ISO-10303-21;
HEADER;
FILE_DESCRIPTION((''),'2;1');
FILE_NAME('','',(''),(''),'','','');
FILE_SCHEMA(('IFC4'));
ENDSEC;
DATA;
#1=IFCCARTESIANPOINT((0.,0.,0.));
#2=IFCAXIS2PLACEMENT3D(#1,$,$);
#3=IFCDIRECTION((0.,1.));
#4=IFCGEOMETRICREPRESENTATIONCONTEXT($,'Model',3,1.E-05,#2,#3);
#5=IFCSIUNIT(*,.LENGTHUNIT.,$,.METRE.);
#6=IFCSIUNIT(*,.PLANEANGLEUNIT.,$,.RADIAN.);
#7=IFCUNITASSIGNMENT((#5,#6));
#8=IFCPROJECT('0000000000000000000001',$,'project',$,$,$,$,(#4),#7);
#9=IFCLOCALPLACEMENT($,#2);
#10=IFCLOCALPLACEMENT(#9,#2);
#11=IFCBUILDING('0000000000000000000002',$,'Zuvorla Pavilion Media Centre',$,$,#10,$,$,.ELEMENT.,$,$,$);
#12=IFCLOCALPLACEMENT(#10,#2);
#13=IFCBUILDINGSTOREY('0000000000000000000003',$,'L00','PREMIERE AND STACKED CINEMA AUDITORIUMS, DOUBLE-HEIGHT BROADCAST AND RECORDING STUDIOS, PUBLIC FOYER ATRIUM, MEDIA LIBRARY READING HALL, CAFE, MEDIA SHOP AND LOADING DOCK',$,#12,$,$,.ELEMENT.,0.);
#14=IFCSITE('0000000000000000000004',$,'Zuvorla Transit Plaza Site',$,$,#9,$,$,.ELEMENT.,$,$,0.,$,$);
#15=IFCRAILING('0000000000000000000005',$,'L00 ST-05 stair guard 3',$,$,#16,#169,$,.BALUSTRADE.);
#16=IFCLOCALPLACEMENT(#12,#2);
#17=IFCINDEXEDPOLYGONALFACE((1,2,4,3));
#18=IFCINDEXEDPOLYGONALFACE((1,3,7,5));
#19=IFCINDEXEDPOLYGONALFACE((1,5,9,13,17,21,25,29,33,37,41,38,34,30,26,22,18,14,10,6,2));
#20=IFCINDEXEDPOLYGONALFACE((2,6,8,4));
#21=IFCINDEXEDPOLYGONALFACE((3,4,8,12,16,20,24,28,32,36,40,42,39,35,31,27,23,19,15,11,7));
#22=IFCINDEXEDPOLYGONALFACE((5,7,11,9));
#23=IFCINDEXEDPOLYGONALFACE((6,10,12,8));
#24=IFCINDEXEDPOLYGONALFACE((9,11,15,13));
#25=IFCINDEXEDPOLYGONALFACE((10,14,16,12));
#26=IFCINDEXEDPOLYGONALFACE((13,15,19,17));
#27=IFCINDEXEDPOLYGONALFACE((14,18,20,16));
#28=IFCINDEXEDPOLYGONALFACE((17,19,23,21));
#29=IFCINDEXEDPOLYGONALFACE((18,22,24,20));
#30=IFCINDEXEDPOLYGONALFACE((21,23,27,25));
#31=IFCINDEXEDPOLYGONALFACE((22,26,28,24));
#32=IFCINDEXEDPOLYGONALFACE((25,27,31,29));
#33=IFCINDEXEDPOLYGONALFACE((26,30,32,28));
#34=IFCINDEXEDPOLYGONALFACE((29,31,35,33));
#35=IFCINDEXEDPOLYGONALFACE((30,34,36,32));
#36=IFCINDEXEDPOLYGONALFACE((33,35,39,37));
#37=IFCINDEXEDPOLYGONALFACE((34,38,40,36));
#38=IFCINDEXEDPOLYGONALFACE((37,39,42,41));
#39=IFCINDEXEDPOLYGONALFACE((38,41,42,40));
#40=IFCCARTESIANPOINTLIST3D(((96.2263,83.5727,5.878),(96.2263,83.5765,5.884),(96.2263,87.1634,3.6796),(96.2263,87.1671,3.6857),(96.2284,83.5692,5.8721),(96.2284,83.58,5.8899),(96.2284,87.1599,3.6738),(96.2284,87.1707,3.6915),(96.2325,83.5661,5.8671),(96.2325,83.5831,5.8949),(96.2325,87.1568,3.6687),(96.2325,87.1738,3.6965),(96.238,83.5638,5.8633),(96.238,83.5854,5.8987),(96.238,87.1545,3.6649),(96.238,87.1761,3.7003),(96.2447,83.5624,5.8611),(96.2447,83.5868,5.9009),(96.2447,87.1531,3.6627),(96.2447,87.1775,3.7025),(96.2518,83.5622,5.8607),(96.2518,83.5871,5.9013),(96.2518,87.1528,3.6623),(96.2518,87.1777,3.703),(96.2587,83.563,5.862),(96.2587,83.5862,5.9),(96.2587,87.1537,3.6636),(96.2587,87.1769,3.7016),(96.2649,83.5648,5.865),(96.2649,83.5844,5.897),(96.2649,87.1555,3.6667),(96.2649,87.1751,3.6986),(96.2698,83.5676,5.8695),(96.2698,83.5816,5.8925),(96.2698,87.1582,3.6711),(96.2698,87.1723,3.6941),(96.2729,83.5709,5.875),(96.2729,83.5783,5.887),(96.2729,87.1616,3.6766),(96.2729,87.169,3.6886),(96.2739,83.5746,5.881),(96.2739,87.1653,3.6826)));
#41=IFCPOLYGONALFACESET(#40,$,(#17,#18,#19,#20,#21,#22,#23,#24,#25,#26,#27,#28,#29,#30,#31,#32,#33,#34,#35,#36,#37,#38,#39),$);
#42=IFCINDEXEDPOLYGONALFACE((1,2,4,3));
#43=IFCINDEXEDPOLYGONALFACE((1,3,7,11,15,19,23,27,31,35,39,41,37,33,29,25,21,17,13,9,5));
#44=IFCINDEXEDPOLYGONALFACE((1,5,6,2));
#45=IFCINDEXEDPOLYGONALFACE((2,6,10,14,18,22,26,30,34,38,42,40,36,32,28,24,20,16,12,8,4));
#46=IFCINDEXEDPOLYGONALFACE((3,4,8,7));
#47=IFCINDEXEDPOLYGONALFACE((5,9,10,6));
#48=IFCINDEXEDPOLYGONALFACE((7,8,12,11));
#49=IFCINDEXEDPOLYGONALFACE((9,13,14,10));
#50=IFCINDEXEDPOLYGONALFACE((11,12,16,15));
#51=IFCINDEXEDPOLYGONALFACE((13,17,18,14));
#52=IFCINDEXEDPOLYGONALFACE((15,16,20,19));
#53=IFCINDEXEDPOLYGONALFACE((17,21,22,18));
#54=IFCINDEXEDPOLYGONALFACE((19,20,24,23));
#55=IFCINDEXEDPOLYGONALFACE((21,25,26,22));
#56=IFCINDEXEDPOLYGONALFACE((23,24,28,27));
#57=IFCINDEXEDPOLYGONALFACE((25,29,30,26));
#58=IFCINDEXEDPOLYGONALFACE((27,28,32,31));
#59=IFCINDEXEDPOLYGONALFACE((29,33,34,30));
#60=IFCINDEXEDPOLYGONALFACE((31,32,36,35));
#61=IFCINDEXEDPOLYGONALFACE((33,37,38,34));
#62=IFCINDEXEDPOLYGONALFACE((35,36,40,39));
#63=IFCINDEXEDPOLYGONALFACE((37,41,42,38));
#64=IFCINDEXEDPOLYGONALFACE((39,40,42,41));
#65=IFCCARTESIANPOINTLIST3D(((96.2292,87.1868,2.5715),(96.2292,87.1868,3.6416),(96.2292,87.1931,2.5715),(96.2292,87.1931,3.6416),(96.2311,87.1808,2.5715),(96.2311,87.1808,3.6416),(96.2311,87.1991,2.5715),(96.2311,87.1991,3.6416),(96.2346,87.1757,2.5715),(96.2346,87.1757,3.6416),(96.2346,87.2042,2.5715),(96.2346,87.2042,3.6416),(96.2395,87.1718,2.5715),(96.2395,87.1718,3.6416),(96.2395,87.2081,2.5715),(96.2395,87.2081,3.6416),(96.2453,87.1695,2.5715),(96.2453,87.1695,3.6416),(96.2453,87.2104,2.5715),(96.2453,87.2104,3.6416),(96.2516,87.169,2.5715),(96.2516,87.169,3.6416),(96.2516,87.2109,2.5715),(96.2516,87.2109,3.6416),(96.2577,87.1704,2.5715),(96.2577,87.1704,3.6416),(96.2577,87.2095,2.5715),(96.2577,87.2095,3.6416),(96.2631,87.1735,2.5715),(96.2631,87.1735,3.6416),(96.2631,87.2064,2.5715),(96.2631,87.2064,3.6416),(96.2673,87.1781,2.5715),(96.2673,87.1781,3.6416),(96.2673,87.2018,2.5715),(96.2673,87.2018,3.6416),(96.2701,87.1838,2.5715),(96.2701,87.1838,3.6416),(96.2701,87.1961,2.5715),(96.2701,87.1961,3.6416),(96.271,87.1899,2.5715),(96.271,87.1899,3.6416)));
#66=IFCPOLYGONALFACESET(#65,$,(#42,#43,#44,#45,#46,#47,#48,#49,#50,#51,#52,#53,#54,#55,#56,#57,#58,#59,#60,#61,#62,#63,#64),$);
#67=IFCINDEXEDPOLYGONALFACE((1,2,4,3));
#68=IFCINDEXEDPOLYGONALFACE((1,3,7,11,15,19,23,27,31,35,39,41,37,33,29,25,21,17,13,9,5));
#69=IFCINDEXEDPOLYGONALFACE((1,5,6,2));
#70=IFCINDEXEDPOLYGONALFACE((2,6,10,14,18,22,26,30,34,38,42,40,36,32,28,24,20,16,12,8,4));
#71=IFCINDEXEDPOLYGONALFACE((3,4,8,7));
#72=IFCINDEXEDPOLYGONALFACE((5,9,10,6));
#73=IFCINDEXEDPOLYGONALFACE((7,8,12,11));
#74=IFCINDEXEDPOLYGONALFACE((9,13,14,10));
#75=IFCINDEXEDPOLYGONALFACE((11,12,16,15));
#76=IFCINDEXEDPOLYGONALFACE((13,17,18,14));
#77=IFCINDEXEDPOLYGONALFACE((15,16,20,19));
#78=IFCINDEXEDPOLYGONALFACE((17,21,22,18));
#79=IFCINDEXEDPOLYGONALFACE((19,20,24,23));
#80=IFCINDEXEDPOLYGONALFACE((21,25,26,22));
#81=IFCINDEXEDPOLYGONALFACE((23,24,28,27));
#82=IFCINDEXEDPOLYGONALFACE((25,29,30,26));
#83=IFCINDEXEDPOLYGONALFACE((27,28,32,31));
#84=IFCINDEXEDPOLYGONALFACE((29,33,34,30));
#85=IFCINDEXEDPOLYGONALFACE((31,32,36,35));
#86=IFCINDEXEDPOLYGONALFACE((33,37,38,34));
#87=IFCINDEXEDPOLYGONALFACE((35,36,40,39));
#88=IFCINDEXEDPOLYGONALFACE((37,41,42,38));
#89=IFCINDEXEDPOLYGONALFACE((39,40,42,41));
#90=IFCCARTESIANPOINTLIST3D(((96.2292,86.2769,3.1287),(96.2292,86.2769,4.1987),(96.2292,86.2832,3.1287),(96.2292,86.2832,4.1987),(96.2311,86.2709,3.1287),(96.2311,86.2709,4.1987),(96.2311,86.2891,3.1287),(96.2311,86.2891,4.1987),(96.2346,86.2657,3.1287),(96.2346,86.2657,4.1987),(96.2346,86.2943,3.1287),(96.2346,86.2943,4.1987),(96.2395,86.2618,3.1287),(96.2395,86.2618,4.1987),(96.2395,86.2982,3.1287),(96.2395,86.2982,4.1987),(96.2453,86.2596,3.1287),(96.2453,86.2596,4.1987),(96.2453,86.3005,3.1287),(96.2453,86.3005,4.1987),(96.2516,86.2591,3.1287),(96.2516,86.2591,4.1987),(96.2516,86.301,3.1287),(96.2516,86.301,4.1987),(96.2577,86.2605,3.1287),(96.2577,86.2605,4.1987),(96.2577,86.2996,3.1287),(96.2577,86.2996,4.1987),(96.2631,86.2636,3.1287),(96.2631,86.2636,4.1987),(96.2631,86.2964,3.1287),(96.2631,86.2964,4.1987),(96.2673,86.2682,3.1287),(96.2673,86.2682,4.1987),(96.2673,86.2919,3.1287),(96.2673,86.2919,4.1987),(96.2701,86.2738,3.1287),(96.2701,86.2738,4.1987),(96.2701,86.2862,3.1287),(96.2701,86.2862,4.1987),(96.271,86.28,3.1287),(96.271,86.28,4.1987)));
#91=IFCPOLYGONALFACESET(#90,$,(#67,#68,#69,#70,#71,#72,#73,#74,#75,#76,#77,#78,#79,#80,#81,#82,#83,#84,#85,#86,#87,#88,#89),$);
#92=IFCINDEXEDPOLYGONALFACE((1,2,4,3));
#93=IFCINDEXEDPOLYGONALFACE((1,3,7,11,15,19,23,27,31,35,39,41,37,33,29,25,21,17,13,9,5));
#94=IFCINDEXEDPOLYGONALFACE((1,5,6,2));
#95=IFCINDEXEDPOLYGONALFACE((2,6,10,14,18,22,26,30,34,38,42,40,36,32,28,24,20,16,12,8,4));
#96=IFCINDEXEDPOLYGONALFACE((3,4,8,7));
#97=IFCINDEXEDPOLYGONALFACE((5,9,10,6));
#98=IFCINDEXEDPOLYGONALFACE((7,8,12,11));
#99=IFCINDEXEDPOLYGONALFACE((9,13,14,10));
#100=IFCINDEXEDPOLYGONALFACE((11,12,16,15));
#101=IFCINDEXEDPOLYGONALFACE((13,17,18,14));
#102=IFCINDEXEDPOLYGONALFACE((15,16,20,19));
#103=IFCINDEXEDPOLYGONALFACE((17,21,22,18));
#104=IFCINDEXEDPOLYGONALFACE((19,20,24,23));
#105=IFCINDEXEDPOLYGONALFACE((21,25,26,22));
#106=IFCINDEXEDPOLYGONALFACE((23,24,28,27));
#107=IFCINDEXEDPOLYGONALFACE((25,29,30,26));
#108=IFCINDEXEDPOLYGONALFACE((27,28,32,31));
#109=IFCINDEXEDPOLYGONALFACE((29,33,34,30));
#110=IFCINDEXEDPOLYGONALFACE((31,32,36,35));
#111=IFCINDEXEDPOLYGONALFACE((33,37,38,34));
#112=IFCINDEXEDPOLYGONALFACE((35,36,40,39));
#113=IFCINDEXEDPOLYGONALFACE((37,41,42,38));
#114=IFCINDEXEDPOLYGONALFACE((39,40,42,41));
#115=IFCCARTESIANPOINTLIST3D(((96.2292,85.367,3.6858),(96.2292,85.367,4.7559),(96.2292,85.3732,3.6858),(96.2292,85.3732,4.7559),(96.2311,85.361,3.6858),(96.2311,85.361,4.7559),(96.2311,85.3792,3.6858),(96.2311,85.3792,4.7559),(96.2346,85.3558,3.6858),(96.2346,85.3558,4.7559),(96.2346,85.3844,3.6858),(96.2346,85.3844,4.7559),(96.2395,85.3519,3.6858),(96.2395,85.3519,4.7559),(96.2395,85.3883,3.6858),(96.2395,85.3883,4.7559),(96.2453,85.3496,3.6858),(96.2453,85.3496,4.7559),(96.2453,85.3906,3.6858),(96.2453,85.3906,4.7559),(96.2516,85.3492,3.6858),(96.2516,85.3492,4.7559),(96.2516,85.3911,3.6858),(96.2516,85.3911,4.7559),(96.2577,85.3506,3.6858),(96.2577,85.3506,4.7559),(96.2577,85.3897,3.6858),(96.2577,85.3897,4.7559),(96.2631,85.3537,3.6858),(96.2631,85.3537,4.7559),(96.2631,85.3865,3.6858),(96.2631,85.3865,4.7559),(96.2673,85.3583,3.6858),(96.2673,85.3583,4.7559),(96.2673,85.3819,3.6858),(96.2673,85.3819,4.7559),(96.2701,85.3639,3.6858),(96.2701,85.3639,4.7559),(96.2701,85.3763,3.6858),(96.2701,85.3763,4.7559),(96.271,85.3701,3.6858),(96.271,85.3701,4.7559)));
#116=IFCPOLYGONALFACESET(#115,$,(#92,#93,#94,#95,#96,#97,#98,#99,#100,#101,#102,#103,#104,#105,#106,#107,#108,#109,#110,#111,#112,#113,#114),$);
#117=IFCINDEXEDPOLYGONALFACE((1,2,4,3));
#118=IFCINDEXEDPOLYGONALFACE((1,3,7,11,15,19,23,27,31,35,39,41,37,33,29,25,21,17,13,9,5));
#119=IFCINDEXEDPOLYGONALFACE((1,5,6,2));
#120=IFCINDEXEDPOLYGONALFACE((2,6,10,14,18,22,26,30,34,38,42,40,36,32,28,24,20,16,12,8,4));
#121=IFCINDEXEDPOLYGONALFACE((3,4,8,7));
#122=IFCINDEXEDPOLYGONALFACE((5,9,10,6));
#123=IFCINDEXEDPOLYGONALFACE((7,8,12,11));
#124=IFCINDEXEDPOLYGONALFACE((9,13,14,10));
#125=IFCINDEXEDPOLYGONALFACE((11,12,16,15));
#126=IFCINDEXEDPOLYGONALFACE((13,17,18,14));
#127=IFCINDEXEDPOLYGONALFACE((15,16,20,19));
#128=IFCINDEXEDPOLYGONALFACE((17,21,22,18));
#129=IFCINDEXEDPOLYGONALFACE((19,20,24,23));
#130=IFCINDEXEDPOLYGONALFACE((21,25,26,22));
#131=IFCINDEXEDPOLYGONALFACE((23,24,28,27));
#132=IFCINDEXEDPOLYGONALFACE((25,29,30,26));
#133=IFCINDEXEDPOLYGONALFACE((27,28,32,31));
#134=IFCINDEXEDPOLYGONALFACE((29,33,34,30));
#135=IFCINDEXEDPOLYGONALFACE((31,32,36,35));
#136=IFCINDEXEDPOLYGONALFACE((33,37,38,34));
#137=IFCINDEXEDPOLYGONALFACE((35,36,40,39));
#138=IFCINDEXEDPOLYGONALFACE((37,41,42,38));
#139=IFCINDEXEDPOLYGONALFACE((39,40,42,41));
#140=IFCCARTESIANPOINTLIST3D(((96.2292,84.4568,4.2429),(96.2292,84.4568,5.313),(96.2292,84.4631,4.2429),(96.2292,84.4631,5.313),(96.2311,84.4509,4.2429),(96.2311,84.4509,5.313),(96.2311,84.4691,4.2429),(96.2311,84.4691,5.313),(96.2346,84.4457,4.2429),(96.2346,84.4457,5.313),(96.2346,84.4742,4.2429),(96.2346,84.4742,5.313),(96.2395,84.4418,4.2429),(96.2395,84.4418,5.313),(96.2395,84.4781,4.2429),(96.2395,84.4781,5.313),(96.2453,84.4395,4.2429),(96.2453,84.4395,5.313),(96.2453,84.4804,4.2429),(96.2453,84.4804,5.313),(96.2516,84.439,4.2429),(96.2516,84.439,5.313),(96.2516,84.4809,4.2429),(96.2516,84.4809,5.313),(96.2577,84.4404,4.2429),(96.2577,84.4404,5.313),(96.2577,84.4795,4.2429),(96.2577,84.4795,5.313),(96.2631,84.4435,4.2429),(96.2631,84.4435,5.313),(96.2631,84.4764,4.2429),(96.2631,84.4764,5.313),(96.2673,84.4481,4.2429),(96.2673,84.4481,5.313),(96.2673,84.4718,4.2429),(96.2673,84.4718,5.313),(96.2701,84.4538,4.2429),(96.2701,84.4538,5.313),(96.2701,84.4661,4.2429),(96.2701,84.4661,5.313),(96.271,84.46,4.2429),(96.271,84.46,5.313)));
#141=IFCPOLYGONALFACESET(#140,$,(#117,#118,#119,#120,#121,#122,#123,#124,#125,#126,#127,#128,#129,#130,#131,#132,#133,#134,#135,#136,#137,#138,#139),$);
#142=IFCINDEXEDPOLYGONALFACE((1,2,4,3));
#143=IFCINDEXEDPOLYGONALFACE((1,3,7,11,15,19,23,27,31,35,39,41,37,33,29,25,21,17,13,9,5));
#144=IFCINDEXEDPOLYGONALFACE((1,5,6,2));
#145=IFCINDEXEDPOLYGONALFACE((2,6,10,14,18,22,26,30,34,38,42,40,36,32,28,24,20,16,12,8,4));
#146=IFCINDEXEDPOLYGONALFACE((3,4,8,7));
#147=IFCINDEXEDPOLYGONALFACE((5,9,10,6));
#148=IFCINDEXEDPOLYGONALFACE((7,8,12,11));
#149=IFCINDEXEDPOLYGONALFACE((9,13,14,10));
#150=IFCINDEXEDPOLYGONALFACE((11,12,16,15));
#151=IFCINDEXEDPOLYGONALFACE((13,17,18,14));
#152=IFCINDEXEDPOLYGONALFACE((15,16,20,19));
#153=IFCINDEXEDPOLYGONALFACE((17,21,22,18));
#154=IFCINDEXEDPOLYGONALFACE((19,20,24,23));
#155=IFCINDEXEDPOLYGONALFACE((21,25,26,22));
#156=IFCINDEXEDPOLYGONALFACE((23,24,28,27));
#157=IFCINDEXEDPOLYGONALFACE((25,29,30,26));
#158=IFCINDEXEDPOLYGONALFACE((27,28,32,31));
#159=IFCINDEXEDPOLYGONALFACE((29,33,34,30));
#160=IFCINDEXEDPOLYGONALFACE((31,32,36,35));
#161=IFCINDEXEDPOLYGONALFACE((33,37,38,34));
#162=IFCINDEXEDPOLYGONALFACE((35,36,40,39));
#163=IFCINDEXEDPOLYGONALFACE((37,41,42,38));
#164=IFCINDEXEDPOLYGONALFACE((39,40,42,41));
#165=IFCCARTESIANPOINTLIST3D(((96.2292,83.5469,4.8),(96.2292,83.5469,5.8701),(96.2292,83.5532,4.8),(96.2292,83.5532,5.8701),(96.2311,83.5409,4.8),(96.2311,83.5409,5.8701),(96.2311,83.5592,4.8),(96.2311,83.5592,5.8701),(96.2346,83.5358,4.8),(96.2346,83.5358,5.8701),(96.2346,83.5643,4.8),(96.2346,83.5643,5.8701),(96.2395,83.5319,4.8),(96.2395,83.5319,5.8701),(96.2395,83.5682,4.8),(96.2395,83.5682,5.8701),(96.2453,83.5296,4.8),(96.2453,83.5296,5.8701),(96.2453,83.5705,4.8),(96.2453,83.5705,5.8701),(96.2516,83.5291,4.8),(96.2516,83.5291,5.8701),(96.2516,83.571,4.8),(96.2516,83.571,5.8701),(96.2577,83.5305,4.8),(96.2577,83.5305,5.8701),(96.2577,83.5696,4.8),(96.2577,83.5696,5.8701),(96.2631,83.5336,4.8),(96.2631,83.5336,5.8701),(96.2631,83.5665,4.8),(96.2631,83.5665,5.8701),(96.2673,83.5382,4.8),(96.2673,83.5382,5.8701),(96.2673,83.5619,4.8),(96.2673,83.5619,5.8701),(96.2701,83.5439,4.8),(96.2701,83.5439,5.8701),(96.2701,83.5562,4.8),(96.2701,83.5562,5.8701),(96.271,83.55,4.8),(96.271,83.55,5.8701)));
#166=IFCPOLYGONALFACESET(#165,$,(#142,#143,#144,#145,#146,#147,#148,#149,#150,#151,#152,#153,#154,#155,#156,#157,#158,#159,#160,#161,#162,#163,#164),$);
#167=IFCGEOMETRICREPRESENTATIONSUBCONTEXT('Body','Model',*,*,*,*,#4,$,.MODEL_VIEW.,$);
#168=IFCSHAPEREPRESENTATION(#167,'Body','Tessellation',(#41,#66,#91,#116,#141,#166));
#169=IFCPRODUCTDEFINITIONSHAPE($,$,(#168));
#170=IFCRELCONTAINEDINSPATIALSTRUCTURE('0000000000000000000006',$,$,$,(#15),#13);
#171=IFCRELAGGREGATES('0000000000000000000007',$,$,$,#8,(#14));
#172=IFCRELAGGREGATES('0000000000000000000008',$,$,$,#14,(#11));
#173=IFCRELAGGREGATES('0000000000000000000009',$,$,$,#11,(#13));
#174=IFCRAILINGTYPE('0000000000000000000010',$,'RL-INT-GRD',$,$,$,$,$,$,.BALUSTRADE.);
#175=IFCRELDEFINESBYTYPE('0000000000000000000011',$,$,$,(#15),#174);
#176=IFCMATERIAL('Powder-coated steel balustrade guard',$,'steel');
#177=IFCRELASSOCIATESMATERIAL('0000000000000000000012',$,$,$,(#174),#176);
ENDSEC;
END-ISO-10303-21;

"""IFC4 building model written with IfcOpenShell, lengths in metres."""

from ifc_helpers import new_model, si_unit, direction, frame, origin, origin_2d, place, context, subcontext, project, spatial, circle, extrude, material, type_object, element, save


model = new_model("IFC4")

# Units and contexts
model_context = context("Model", 3, precision=1e-05, world=origin(), true_north=direction((0.0, 1.0)))
body_context = subcontext(model_context, "Body", "Model", "MODEL_VIEW")
ifc_project = project(units=[si_unit("LENGTHUNIT", "METRE"), si_unit("PLANEANGLEUNIT", "RADIAN")], contexts=[model_context])

# Site, building, storey
site_placement = place(None, origin())
site = spatial("IfcSite", under=ifc_project, at=site_placement, Name="Zuvorla Transit Plaza Site", CompositionType="ELEMENT", RefElevation=0.0)
building_placement = place(site_placement, origin())
building = spatial("IfcBuilding", under=site, at=building_placement, Name="Zuvorla Pavilion Media Centre", CompositionType="ELEMENT")
storey_placement = place(building_placement, origin())
storey = spatial("IfcBuildingStorey", under=building, at=storey_placement, Name="L00", Description="PREMIERE AND STACKED CINEMA AUDITORIUMS, DOUBLE-HEIGHT BROADCAST AND RECORDING STUDIOS, PUBLIC FOYER ATRIUM, MEDIA LIBRARY READING HALL, CAFE, MEDIA SHOP AND LOADING DOCK", CompositionType="ELEMENT", Elevation=0.0)

# Railing
ifc_material_1 = material(Name="Powder-coated steel balustrade guard", Category="steel")
railing_type_1 = type_object("IfcRailingType", Name="RL-INT-GRD", PredefinedType="BALUSTRADE", material=ifc_material_1)
railing_1_placement = place(storey_placement, frame((96.25, 87.1899, 2.5715)))
element("IfcRailing", 1, at=railing_1_placement, inside=storey, type_object=railing_type_1, Name="L00 ST-05 stair guard 3", PredefinedType="BALUSTRADE", context=body_context, shape_type="SweptSolid", body=[
    extrude(circle(Radius=0.0239, at=origin_2d()), frame((0.0, -0.0247, 1.1111), z_axis=(0.0, -0.85285, 0.522156), x_axis=(1.0, 0.0, 0.0)), (0.0, 0.0, 1.0), 4.2102),
    extrude(circle(Radius=0.021, at=origin_2d()), origin(), (0.0, 0.0, 1.0), 1.0701),
    extrude(circle(Radius=0.021, at=origin_2d()), frame((0.0, -0.9099, 0.5571)), (0.0, 0.0, 1.0), 1.0701),
    extrude(circle(Radius=0.021, at=origin_2d()), frame((0.0, -1.8198, 1.1143)), (0.0, 0.0, 1.0), 1.0701),
    extrude(circle(Radius=0.021, at=origin_2d()), frame((0.0, -2.73, 1.6714)), (0.0, 0.0, 1.0), 1.0701),
    extrude(circle(Radius=0.021, at=origin_2d()), frame((0.0, -3.6399, 2.2285)), (0.0, 0.0, 1.0), 1.0701),
])

save(model, "model.ifc")
